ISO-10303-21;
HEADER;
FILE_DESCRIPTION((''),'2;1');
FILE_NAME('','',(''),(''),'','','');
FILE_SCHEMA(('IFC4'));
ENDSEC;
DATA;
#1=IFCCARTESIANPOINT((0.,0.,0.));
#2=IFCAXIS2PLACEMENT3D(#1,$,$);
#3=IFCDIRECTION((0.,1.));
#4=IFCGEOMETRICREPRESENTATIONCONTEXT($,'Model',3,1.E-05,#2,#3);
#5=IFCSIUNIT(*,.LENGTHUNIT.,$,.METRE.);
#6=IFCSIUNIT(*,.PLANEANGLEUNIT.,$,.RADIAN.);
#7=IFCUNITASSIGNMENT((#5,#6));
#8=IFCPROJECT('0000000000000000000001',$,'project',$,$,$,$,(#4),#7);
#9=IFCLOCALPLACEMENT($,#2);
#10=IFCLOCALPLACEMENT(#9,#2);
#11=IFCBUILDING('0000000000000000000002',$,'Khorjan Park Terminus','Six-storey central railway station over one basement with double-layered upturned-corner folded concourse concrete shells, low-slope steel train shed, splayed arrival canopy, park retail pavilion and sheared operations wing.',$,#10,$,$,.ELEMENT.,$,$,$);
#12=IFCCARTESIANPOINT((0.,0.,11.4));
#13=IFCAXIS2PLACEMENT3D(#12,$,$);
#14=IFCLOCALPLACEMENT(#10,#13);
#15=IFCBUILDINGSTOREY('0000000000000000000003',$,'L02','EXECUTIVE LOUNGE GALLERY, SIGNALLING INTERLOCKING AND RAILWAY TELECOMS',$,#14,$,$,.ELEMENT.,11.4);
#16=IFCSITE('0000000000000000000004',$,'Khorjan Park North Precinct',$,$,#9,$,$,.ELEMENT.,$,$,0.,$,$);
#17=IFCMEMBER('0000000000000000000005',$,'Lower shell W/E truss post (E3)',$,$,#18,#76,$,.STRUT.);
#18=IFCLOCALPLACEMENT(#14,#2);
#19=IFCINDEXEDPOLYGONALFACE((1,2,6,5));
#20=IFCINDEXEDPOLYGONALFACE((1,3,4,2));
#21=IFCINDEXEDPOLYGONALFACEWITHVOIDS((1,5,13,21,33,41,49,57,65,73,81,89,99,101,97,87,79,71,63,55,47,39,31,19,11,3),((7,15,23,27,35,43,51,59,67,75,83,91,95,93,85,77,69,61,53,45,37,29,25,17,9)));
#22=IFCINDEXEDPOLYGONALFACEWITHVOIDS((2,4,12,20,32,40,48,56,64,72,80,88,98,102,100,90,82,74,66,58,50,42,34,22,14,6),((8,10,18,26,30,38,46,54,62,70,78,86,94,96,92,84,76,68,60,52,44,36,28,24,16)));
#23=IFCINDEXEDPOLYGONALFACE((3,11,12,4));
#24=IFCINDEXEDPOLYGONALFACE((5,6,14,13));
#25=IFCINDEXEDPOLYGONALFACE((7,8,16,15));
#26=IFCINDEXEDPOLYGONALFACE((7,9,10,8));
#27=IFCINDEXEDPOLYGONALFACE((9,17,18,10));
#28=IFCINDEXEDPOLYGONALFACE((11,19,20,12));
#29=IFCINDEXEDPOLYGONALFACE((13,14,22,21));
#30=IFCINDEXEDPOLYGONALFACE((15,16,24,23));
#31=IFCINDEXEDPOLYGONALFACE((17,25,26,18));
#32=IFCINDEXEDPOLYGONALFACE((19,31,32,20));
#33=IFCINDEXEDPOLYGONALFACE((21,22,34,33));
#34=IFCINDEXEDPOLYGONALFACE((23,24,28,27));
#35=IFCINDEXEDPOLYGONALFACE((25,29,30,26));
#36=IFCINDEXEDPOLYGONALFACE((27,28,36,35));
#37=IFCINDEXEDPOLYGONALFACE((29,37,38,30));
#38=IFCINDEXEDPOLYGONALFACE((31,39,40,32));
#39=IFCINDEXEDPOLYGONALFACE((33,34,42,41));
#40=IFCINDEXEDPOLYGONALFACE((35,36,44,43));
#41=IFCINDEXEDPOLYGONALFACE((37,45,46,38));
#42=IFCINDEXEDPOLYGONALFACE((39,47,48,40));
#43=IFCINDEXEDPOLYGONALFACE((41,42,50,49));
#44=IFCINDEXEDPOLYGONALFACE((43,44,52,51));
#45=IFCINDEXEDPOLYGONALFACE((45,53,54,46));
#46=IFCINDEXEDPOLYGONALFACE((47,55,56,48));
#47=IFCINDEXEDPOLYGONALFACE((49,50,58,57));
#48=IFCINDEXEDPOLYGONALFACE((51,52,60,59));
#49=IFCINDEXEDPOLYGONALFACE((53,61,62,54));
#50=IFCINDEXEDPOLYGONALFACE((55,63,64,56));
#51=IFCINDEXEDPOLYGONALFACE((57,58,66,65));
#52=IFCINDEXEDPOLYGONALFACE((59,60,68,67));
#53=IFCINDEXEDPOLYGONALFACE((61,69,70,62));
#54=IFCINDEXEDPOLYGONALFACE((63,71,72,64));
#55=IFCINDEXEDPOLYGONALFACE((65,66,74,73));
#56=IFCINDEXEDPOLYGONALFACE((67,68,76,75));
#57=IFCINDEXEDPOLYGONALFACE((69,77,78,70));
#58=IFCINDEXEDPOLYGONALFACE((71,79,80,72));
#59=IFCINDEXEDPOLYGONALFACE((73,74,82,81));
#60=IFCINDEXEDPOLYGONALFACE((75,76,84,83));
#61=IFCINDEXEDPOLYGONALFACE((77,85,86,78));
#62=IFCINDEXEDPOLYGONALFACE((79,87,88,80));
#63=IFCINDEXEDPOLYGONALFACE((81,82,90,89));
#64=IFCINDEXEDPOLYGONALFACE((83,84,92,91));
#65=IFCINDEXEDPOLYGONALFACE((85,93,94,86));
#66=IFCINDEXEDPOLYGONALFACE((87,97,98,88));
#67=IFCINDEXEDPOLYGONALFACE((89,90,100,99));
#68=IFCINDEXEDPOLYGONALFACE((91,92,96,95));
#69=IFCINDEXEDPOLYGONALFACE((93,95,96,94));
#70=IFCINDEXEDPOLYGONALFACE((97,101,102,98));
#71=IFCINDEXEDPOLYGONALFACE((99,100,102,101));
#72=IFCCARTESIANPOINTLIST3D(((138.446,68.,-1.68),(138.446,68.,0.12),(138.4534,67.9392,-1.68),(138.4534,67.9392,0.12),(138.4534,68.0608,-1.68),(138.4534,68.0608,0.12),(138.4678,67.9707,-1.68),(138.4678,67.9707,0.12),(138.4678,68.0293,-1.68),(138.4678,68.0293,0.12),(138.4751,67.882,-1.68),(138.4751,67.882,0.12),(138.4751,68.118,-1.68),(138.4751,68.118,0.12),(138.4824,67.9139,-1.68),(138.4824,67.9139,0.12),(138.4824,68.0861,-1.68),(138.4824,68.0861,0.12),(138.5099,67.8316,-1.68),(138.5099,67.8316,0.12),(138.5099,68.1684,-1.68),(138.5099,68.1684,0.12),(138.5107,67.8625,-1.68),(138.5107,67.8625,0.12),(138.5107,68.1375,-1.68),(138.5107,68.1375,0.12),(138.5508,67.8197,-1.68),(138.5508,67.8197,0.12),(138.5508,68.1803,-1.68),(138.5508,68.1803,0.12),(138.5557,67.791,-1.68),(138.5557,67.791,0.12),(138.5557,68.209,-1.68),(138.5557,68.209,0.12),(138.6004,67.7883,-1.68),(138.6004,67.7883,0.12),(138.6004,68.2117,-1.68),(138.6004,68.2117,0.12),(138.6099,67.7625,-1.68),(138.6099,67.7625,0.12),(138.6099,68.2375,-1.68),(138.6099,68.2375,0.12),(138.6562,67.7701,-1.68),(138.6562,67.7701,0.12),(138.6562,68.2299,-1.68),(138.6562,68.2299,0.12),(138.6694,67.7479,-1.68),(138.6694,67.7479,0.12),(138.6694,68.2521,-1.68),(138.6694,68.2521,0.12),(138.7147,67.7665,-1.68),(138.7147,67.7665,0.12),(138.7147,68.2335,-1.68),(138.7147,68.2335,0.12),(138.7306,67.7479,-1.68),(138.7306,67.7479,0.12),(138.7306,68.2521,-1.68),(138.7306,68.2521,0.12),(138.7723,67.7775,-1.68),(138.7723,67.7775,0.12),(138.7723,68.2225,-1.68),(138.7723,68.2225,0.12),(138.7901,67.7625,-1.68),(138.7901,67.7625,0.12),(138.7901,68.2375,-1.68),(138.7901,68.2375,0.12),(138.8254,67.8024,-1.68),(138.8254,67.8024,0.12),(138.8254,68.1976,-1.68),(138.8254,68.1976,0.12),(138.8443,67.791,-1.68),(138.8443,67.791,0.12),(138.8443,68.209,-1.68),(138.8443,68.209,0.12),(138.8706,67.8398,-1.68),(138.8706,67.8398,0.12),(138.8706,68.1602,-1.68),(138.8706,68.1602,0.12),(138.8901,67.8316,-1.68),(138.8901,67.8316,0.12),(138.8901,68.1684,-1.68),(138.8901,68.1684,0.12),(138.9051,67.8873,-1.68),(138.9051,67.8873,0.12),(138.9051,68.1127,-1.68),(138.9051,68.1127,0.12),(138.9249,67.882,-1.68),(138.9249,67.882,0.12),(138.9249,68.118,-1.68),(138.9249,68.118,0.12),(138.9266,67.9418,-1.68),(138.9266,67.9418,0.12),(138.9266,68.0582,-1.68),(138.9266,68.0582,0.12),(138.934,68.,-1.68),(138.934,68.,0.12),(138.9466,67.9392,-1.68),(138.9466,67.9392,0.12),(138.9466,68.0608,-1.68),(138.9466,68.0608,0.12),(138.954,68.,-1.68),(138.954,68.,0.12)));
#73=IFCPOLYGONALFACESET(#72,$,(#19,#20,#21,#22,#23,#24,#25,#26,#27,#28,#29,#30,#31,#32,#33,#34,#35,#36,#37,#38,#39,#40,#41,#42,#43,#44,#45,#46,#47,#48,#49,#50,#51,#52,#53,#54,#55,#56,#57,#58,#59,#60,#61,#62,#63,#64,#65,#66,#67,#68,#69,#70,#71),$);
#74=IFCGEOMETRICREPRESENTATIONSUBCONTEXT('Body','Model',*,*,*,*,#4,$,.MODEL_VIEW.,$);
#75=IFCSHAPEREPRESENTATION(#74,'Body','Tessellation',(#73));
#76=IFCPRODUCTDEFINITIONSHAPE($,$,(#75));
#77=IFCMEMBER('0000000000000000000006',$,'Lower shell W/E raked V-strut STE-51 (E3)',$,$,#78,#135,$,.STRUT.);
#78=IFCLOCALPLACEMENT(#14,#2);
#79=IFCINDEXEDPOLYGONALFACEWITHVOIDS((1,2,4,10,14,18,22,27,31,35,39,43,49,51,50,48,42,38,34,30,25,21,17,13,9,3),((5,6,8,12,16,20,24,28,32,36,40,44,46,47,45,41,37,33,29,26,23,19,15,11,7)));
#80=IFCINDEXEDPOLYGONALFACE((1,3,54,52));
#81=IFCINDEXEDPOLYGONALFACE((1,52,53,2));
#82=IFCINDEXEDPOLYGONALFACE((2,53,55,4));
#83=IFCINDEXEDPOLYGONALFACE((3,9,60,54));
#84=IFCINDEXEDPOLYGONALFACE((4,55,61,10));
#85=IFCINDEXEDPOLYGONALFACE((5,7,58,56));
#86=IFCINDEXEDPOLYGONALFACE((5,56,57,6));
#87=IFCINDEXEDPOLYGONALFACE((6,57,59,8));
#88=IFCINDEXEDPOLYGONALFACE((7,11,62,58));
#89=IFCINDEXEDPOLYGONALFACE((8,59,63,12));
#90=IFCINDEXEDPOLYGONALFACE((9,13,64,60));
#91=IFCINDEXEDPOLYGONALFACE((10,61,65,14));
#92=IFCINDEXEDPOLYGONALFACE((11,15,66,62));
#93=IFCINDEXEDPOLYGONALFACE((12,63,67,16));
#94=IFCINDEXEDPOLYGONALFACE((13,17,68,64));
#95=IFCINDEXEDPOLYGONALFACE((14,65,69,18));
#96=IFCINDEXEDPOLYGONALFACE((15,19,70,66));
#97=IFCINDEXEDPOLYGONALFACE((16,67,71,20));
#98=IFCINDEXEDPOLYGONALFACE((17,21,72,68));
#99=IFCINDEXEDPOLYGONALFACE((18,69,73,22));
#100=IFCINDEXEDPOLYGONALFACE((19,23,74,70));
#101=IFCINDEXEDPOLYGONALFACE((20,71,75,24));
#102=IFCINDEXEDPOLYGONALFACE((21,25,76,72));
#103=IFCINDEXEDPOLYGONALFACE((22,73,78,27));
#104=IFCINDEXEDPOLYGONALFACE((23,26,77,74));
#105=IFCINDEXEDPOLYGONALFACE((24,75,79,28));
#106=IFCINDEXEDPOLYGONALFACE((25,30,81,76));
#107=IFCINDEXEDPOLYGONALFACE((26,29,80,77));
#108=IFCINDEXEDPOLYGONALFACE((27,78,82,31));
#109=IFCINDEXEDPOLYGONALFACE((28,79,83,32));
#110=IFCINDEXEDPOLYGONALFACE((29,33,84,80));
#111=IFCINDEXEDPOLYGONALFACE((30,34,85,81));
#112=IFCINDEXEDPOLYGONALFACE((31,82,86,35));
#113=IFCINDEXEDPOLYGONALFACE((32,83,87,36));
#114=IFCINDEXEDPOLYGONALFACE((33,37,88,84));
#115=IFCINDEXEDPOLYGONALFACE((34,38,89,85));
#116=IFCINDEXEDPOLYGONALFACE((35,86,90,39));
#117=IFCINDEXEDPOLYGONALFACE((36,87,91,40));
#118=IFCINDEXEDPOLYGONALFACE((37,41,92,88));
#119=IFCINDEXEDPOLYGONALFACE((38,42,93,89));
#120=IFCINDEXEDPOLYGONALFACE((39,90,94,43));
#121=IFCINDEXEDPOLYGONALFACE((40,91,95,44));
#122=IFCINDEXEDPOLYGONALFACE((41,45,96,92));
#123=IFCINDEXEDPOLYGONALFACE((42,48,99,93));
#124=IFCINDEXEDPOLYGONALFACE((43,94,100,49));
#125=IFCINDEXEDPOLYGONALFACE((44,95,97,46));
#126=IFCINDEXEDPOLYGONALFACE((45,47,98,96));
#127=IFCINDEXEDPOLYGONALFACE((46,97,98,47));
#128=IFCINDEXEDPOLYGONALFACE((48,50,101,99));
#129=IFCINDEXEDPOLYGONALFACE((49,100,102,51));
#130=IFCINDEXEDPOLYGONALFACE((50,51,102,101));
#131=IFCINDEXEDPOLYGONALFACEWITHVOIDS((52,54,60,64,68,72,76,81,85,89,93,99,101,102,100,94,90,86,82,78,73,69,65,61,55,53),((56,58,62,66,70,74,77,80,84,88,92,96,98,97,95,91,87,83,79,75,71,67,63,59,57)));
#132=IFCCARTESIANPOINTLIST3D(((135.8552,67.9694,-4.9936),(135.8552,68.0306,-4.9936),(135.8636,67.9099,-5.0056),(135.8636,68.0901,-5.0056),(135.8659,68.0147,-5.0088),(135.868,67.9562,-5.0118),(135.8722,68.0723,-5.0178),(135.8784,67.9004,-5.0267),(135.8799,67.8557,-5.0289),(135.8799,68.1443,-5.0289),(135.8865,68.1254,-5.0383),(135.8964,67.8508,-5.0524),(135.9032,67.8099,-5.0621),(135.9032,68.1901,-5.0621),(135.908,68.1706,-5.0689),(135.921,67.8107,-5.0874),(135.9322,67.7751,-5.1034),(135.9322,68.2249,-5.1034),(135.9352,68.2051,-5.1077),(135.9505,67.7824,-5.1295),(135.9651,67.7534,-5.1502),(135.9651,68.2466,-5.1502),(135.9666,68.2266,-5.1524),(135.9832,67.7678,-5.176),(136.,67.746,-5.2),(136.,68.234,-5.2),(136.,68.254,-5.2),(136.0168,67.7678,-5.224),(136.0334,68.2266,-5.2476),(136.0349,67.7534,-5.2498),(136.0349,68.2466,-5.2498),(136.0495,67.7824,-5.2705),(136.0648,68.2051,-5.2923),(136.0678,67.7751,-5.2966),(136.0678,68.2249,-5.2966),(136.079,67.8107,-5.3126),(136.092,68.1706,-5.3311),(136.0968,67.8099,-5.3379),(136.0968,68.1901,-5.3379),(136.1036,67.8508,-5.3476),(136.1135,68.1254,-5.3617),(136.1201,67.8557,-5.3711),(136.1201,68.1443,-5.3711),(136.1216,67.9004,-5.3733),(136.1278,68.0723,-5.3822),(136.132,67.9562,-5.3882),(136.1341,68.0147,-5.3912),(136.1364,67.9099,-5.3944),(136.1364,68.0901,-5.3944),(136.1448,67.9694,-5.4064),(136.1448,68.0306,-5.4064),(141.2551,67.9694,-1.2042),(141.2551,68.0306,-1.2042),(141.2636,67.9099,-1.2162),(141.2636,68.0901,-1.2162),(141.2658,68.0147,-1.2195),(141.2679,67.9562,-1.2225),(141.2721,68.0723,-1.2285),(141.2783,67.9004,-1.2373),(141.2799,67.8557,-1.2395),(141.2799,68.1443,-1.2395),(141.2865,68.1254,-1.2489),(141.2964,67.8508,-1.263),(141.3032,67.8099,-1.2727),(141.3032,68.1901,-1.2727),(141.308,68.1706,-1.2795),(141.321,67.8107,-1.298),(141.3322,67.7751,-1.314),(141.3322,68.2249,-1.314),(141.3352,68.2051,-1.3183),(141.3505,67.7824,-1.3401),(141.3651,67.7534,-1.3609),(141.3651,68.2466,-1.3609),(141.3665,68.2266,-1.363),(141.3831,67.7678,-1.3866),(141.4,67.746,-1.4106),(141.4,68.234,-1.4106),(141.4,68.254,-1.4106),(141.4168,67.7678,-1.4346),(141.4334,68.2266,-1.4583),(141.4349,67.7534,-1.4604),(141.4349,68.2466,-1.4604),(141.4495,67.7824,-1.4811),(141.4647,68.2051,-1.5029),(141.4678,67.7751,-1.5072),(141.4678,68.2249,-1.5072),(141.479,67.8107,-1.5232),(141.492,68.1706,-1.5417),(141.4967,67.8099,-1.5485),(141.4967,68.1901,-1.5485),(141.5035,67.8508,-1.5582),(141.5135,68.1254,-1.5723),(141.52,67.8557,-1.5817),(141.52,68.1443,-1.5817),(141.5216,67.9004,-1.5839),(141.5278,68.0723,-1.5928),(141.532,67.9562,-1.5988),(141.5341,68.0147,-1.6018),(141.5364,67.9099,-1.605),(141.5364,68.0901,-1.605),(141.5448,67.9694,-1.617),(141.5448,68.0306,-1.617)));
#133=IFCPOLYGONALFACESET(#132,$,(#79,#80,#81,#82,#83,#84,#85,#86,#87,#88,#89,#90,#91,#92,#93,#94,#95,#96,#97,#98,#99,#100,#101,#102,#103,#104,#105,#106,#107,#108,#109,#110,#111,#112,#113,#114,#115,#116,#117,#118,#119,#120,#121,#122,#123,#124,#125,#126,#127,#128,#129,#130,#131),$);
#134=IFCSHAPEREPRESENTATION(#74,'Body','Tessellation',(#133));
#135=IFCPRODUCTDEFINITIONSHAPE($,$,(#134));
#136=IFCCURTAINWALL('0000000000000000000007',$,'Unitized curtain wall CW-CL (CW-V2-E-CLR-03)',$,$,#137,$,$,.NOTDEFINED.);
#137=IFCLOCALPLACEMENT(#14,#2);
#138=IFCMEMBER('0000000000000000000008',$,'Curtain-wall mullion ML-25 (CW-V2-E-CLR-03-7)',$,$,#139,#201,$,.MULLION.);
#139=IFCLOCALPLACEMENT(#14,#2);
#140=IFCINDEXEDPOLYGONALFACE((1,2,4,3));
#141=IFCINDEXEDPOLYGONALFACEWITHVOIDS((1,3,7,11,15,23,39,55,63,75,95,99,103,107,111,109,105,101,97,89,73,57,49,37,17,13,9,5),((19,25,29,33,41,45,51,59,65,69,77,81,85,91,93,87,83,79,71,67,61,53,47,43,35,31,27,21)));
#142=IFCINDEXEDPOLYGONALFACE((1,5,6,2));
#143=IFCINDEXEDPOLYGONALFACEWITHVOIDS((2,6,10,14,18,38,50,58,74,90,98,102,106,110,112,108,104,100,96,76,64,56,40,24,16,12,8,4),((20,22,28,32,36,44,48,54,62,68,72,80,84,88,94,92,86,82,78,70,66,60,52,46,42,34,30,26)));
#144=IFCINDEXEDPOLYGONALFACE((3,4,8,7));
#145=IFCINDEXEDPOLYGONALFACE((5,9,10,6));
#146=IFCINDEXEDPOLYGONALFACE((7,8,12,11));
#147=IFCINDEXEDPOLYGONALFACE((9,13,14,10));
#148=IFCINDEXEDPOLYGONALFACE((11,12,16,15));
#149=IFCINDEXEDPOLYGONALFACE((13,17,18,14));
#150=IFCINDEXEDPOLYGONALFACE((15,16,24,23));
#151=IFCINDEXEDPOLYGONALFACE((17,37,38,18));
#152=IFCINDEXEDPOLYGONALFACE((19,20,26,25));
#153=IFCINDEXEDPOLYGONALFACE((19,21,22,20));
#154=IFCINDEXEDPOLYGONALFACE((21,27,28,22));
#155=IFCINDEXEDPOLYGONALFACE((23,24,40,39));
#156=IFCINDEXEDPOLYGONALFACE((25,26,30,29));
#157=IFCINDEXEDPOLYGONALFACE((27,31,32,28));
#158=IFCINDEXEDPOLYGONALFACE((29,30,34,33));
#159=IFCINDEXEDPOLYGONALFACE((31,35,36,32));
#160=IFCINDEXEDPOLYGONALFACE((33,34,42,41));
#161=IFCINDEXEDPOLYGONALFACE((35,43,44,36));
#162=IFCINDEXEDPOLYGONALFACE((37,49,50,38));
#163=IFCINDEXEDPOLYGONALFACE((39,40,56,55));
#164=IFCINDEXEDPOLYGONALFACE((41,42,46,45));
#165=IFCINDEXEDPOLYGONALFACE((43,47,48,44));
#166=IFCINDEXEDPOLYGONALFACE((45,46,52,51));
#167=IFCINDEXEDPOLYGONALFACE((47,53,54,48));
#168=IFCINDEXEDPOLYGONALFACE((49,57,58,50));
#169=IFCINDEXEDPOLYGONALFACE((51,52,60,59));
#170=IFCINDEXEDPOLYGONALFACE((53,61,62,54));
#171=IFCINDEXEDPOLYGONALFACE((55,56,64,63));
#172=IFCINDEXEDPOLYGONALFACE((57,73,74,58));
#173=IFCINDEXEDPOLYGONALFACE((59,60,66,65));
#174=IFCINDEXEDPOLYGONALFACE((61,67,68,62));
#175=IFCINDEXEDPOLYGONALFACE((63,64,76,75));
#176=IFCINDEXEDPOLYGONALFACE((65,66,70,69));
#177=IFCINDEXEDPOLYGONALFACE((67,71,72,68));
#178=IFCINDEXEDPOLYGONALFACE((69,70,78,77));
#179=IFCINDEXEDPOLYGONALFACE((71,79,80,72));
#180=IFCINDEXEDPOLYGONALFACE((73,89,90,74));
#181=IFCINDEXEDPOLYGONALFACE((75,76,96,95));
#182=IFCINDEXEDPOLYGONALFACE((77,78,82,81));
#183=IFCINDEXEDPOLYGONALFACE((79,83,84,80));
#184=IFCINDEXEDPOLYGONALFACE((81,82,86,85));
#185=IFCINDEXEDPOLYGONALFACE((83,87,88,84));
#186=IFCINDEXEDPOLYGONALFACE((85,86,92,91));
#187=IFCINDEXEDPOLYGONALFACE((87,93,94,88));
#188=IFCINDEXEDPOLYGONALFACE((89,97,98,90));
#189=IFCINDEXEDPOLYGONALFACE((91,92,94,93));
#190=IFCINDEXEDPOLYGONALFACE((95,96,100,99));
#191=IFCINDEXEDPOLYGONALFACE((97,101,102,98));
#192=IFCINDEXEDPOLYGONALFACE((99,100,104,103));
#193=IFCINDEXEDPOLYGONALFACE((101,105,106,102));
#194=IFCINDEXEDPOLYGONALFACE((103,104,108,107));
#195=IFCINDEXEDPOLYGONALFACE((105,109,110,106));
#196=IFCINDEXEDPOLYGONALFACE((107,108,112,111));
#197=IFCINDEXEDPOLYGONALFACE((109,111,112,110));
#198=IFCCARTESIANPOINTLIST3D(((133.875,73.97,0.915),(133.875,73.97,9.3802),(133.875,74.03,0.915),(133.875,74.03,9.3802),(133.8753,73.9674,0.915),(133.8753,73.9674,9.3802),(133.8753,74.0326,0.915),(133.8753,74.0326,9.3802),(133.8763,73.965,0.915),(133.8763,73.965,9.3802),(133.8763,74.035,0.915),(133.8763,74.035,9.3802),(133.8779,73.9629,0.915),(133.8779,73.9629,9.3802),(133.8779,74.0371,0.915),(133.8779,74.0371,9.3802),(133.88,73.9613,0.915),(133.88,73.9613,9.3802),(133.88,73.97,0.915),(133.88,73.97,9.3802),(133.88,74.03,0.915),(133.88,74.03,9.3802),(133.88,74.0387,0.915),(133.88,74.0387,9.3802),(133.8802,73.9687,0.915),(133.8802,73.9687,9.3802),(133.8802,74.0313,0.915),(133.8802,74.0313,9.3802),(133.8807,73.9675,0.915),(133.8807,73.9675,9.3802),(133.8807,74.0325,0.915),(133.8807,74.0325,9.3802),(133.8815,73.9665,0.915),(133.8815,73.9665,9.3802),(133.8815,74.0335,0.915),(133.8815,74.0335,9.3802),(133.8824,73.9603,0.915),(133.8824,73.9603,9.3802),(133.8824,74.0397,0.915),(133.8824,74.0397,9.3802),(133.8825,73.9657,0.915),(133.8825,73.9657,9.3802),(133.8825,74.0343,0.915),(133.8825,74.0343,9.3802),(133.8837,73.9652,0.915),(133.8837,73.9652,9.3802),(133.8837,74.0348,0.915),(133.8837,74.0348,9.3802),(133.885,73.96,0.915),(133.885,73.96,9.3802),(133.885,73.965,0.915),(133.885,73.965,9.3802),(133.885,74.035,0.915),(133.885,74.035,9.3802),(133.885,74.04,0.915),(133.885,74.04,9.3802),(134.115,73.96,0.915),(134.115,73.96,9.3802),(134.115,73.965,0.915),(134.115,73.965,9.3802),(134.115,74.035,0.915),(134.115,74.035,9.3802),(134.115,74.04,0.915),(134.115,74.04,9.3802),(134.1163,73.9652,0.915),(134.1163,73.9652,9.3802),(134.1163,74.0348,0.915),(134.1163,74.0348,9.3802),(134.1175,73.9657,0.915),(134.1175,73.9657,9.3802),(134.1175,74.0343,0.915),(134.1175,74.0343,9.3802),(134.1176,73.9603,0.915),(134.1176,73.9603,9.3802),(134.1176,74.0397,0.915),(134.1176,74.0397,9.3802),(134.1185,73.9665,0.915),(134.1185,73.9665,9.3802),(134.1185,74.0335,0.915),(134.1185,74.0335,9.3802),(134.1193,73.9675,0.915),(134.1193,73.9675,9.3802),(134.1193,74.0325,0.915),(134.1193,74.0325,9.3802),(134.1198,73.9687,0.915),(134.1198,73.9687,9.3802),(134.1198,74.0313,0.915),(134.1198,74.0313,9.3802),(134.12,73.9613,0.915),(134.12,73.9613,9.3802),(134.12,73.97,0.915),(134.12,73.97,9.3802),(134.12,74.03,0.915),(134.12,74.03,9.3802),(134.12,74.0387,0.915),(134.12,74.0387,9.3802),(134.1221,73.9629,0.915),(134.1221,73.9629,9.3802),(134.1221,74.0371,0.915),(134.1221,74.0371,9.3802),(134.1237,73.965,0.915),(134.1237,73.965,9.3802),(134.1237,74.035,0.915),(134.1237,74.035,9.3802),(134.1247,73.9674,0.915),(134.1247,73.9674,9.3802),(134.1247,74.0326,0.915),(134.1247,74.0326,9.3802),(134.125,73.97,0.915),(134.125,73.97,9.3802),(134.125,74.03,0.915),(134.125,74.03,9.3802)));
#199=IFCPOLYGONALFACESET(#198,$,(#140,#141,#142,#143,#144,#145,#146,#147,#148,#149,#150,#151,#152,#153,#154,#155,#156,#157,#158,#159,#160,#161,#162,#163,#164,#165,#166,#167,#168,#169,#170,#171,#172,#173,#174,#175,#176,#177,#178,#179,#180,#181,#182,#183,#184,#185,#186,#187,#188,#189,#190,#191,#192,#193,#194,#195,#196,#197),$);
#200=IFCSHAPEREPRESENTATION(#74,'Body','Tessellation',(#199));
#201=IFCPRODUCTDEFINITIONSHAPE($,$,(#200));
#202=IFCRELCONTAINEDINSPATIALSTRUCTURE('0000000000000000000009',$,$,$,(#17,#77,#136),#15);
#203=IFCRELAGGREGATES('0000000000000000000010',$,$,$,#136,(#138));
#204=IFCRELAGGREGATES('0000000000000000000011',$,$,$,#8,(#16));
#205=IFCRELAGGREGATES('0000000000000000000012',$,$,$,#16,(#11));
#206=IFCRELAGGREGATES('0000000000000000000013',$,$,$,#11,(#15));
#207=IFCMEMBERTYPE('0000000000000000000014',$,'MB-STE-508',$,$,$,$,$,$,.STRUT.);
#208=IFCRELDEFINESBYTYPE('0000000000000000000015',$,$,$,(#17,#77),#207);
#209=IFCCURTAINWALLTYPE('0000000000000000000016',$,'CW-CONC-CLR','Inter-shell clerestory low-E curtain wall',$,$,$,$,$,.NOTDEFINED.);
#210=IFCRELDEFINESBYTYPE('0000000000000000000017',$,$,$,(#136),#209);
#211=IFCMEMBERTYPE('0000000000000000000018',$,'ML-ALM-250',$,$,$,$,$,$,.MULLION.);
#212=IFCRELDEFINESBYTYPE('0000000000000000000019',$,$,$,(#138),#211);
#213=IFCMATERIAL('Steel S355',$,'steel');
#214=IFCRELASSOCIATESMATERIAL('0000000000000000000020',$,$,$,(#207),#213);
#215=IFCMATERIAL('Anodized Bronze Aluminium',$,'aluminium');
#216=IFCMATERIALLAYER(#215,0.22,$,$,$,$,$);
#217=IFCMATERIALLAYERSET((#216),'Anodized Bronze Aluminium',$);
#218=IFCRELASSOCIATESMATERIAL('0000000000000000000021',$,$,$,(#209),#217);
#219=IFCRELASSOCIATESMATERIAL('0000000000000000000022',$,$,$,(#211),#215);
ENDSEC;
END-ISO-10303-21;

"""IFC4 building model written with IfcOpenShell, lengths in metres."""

from ifc_helpers import new_model, si_unit, direction, frame, origin, origin_2d, place, context, subcontext, project, spatial, hollow_rectangle, hollow_circle, extrude, material, layer, layer_set, material_profile, profile_set, type_object, element, aggregate, save


model = new_model("IFC4")

# Units and contexts
model_context = context("Model", 3, precision=1e-05, world=origin(), true_north=direction((0.0, 1.0)))
body_context = subcontext(model_context, "Body", "Model", "MODEL_VIEW")
ifc_project = project(units=[si_unit("LENGTHUNIT", "METRE"), si_unit("PLANEANGLEUNIT", "RADIAN")], contexts=[model_context])

# Site, building, storey
site_placement = place(None, origin())
site = spatial("IfcSite", under=ifc_project, at=site_placement, Name="Khorjan Park North Precinct", CompositionType="ELEMENT", RefElevation=0.0)
building_placement = place(site_placement, origin())
building = spatial("IfcBuilding", under=site, at=building_placement, Name="Khorjan Park Terminus", Description="Six-storey central railway station over one basement with double-layered upturned-corner folded concourse concrete shells, low-slope steel train shed, splayed arrival canopy, park retail pavilion and sheared operations wing.", CompositionType="ELEMENT")
storey_placement = place(building_placement, frame((0.0, 0.0, 11.4)))
storey = spatial("IfcBuildingStorey", under=building, at=storey_placement, Name="L02", Description="EXECUTIVE LOUNGE GALLERY, SIGNALLING INTERLOCKING AND RAILWAY TELECOMS", CompositionType="ELEMENT", Elevation=11.4)

# Members
ifc_material_1 = material(Name="Steel S355", Category="steel")
ifc_material_profile_1 = material_profile(ifc_material_1, hollow_circle(Radius=0.254, WallThickness=0.02, at=origin_2d()), Name="CHS 508x20")
ifc_profile_set_1 = profile_set([ifc_material_profile_1], Name="Steel S355")
member_type_1 = type_object("IfcMemberType", Name="MB-STE-508", PredefinedType="STRUT", material=ifc_profile_set_1)
member_1_placement = place(storey_placement, frame((138.7, 68.0, -1.68), z_axis=(0.0, 0.0, 1.0), x_axis=(1.0, 0.0, 0.0)))
element("IfcMember", 1, at=member_1_placement, inside=storey, type_object=member_type_1, Name="Lower shell W/E truss post (E3)", PredefinedType="STRUT", context=body_context, shape_type="SweptSolid", body=[
    extrude(hollow_circle(Radius=0.254, WallThickness=0.02, at=origin_2d()), origin(), (0.0, 0.0, 1.0), 1.8),
])
member_2_placement = place(storey_placement, frame((136.0, 68.0, -5.2), z_axis=(0.818562, 0.0, 0.574418), x_axis=(0.0, 1.0, 0.0)))
element("IfcMember", 2, at=member_2_placement, inside=storey, type_object=member_type_1, Name="Lower shell W/E raked V-strut STE-51 (E3)", PredefinedType="STRUT", context=body_context, shape_type="SweptSolid", body=[
    extrude(hollow_circle(Radius=0.254, WallThickness=0.02, at=origin_2d()), origin(), (0.0, 0.0, 1.0), 6.5969),
])

# Curtain wall, member
ifc_material_2 = material(Name="Anodized Bronze Aluminium", Category="aluminium")
ifc_layer_1 = layer(ifc_material_2, 0.22)
ifc_layer_set_1 = layer_set([ifc_layer_1], Name="Anodized Bronze Aluminium")
curtain_wall_type = type_object("IfcCurtainWallType", Name="CW-CONC-CLR", Description="Inter-shell clerestory low-E curtain wall", PredefinedType="NOTDEFINED", material=ifc_layer_set_1)
curtain_wall_1_placement = place(storey_placement, origin())
curtain_wall_1 = element("IfcCurtainWall", 3, at=curtain_wall_1_placement, inside=storey, type_object=curtain_wall_type, Name="Unitized curtain wall CW-CL (CW-V2-E-CLR-03)", PredefinedType="NOTDEFINED")
ifc_material_profile_2 = material_profile(ifc_material_2, hollow_rectangle(XDim=0.08, YDim=0.25, WallThickness=0.005, InnerFilletRadius=0.005, OuterFilletRadius=0.01, at=origin_2d()), Name="ALM 80x250x5")
ifc_profile_set_2 = profile_set([ifc_material_profile_2], Name="Anodized Bronze Aluminium")
member_type_2 = type_object("IfcMemberType", Name="ML-ALM-250", PredefinedType="MULLION", material=ifc_profile_set_2)
member_3_placement = place(storey_placement, frame((134.0, 74.0, 0.915), z_axis=(0.0, 0.0, 1.0), x_axis=(0.0, 1.0, 0.0)))
member_3 = element("IfcMember", 4, at=member_3_placement, type_object=member_type_2, Name="Curtain-wall mullion ML-25 (CW-V2-E-CLR-03-7)", PredefinedType="MULLION", context=body_context, shape_type="SweptSolid", body=[
    extrude(hollow_rectangle(XDim=0.08, YDim=0.25, WallThickness=0.005, InnerFilletRadius=0.005, OuterFilletRadius=0.01, at=origin_2d()), origin(), (0.0, 0.0, 1.0), 8.4652),
])

aggregate(curtain_wall_1, [member_3])

save(model, "model.ifc")
